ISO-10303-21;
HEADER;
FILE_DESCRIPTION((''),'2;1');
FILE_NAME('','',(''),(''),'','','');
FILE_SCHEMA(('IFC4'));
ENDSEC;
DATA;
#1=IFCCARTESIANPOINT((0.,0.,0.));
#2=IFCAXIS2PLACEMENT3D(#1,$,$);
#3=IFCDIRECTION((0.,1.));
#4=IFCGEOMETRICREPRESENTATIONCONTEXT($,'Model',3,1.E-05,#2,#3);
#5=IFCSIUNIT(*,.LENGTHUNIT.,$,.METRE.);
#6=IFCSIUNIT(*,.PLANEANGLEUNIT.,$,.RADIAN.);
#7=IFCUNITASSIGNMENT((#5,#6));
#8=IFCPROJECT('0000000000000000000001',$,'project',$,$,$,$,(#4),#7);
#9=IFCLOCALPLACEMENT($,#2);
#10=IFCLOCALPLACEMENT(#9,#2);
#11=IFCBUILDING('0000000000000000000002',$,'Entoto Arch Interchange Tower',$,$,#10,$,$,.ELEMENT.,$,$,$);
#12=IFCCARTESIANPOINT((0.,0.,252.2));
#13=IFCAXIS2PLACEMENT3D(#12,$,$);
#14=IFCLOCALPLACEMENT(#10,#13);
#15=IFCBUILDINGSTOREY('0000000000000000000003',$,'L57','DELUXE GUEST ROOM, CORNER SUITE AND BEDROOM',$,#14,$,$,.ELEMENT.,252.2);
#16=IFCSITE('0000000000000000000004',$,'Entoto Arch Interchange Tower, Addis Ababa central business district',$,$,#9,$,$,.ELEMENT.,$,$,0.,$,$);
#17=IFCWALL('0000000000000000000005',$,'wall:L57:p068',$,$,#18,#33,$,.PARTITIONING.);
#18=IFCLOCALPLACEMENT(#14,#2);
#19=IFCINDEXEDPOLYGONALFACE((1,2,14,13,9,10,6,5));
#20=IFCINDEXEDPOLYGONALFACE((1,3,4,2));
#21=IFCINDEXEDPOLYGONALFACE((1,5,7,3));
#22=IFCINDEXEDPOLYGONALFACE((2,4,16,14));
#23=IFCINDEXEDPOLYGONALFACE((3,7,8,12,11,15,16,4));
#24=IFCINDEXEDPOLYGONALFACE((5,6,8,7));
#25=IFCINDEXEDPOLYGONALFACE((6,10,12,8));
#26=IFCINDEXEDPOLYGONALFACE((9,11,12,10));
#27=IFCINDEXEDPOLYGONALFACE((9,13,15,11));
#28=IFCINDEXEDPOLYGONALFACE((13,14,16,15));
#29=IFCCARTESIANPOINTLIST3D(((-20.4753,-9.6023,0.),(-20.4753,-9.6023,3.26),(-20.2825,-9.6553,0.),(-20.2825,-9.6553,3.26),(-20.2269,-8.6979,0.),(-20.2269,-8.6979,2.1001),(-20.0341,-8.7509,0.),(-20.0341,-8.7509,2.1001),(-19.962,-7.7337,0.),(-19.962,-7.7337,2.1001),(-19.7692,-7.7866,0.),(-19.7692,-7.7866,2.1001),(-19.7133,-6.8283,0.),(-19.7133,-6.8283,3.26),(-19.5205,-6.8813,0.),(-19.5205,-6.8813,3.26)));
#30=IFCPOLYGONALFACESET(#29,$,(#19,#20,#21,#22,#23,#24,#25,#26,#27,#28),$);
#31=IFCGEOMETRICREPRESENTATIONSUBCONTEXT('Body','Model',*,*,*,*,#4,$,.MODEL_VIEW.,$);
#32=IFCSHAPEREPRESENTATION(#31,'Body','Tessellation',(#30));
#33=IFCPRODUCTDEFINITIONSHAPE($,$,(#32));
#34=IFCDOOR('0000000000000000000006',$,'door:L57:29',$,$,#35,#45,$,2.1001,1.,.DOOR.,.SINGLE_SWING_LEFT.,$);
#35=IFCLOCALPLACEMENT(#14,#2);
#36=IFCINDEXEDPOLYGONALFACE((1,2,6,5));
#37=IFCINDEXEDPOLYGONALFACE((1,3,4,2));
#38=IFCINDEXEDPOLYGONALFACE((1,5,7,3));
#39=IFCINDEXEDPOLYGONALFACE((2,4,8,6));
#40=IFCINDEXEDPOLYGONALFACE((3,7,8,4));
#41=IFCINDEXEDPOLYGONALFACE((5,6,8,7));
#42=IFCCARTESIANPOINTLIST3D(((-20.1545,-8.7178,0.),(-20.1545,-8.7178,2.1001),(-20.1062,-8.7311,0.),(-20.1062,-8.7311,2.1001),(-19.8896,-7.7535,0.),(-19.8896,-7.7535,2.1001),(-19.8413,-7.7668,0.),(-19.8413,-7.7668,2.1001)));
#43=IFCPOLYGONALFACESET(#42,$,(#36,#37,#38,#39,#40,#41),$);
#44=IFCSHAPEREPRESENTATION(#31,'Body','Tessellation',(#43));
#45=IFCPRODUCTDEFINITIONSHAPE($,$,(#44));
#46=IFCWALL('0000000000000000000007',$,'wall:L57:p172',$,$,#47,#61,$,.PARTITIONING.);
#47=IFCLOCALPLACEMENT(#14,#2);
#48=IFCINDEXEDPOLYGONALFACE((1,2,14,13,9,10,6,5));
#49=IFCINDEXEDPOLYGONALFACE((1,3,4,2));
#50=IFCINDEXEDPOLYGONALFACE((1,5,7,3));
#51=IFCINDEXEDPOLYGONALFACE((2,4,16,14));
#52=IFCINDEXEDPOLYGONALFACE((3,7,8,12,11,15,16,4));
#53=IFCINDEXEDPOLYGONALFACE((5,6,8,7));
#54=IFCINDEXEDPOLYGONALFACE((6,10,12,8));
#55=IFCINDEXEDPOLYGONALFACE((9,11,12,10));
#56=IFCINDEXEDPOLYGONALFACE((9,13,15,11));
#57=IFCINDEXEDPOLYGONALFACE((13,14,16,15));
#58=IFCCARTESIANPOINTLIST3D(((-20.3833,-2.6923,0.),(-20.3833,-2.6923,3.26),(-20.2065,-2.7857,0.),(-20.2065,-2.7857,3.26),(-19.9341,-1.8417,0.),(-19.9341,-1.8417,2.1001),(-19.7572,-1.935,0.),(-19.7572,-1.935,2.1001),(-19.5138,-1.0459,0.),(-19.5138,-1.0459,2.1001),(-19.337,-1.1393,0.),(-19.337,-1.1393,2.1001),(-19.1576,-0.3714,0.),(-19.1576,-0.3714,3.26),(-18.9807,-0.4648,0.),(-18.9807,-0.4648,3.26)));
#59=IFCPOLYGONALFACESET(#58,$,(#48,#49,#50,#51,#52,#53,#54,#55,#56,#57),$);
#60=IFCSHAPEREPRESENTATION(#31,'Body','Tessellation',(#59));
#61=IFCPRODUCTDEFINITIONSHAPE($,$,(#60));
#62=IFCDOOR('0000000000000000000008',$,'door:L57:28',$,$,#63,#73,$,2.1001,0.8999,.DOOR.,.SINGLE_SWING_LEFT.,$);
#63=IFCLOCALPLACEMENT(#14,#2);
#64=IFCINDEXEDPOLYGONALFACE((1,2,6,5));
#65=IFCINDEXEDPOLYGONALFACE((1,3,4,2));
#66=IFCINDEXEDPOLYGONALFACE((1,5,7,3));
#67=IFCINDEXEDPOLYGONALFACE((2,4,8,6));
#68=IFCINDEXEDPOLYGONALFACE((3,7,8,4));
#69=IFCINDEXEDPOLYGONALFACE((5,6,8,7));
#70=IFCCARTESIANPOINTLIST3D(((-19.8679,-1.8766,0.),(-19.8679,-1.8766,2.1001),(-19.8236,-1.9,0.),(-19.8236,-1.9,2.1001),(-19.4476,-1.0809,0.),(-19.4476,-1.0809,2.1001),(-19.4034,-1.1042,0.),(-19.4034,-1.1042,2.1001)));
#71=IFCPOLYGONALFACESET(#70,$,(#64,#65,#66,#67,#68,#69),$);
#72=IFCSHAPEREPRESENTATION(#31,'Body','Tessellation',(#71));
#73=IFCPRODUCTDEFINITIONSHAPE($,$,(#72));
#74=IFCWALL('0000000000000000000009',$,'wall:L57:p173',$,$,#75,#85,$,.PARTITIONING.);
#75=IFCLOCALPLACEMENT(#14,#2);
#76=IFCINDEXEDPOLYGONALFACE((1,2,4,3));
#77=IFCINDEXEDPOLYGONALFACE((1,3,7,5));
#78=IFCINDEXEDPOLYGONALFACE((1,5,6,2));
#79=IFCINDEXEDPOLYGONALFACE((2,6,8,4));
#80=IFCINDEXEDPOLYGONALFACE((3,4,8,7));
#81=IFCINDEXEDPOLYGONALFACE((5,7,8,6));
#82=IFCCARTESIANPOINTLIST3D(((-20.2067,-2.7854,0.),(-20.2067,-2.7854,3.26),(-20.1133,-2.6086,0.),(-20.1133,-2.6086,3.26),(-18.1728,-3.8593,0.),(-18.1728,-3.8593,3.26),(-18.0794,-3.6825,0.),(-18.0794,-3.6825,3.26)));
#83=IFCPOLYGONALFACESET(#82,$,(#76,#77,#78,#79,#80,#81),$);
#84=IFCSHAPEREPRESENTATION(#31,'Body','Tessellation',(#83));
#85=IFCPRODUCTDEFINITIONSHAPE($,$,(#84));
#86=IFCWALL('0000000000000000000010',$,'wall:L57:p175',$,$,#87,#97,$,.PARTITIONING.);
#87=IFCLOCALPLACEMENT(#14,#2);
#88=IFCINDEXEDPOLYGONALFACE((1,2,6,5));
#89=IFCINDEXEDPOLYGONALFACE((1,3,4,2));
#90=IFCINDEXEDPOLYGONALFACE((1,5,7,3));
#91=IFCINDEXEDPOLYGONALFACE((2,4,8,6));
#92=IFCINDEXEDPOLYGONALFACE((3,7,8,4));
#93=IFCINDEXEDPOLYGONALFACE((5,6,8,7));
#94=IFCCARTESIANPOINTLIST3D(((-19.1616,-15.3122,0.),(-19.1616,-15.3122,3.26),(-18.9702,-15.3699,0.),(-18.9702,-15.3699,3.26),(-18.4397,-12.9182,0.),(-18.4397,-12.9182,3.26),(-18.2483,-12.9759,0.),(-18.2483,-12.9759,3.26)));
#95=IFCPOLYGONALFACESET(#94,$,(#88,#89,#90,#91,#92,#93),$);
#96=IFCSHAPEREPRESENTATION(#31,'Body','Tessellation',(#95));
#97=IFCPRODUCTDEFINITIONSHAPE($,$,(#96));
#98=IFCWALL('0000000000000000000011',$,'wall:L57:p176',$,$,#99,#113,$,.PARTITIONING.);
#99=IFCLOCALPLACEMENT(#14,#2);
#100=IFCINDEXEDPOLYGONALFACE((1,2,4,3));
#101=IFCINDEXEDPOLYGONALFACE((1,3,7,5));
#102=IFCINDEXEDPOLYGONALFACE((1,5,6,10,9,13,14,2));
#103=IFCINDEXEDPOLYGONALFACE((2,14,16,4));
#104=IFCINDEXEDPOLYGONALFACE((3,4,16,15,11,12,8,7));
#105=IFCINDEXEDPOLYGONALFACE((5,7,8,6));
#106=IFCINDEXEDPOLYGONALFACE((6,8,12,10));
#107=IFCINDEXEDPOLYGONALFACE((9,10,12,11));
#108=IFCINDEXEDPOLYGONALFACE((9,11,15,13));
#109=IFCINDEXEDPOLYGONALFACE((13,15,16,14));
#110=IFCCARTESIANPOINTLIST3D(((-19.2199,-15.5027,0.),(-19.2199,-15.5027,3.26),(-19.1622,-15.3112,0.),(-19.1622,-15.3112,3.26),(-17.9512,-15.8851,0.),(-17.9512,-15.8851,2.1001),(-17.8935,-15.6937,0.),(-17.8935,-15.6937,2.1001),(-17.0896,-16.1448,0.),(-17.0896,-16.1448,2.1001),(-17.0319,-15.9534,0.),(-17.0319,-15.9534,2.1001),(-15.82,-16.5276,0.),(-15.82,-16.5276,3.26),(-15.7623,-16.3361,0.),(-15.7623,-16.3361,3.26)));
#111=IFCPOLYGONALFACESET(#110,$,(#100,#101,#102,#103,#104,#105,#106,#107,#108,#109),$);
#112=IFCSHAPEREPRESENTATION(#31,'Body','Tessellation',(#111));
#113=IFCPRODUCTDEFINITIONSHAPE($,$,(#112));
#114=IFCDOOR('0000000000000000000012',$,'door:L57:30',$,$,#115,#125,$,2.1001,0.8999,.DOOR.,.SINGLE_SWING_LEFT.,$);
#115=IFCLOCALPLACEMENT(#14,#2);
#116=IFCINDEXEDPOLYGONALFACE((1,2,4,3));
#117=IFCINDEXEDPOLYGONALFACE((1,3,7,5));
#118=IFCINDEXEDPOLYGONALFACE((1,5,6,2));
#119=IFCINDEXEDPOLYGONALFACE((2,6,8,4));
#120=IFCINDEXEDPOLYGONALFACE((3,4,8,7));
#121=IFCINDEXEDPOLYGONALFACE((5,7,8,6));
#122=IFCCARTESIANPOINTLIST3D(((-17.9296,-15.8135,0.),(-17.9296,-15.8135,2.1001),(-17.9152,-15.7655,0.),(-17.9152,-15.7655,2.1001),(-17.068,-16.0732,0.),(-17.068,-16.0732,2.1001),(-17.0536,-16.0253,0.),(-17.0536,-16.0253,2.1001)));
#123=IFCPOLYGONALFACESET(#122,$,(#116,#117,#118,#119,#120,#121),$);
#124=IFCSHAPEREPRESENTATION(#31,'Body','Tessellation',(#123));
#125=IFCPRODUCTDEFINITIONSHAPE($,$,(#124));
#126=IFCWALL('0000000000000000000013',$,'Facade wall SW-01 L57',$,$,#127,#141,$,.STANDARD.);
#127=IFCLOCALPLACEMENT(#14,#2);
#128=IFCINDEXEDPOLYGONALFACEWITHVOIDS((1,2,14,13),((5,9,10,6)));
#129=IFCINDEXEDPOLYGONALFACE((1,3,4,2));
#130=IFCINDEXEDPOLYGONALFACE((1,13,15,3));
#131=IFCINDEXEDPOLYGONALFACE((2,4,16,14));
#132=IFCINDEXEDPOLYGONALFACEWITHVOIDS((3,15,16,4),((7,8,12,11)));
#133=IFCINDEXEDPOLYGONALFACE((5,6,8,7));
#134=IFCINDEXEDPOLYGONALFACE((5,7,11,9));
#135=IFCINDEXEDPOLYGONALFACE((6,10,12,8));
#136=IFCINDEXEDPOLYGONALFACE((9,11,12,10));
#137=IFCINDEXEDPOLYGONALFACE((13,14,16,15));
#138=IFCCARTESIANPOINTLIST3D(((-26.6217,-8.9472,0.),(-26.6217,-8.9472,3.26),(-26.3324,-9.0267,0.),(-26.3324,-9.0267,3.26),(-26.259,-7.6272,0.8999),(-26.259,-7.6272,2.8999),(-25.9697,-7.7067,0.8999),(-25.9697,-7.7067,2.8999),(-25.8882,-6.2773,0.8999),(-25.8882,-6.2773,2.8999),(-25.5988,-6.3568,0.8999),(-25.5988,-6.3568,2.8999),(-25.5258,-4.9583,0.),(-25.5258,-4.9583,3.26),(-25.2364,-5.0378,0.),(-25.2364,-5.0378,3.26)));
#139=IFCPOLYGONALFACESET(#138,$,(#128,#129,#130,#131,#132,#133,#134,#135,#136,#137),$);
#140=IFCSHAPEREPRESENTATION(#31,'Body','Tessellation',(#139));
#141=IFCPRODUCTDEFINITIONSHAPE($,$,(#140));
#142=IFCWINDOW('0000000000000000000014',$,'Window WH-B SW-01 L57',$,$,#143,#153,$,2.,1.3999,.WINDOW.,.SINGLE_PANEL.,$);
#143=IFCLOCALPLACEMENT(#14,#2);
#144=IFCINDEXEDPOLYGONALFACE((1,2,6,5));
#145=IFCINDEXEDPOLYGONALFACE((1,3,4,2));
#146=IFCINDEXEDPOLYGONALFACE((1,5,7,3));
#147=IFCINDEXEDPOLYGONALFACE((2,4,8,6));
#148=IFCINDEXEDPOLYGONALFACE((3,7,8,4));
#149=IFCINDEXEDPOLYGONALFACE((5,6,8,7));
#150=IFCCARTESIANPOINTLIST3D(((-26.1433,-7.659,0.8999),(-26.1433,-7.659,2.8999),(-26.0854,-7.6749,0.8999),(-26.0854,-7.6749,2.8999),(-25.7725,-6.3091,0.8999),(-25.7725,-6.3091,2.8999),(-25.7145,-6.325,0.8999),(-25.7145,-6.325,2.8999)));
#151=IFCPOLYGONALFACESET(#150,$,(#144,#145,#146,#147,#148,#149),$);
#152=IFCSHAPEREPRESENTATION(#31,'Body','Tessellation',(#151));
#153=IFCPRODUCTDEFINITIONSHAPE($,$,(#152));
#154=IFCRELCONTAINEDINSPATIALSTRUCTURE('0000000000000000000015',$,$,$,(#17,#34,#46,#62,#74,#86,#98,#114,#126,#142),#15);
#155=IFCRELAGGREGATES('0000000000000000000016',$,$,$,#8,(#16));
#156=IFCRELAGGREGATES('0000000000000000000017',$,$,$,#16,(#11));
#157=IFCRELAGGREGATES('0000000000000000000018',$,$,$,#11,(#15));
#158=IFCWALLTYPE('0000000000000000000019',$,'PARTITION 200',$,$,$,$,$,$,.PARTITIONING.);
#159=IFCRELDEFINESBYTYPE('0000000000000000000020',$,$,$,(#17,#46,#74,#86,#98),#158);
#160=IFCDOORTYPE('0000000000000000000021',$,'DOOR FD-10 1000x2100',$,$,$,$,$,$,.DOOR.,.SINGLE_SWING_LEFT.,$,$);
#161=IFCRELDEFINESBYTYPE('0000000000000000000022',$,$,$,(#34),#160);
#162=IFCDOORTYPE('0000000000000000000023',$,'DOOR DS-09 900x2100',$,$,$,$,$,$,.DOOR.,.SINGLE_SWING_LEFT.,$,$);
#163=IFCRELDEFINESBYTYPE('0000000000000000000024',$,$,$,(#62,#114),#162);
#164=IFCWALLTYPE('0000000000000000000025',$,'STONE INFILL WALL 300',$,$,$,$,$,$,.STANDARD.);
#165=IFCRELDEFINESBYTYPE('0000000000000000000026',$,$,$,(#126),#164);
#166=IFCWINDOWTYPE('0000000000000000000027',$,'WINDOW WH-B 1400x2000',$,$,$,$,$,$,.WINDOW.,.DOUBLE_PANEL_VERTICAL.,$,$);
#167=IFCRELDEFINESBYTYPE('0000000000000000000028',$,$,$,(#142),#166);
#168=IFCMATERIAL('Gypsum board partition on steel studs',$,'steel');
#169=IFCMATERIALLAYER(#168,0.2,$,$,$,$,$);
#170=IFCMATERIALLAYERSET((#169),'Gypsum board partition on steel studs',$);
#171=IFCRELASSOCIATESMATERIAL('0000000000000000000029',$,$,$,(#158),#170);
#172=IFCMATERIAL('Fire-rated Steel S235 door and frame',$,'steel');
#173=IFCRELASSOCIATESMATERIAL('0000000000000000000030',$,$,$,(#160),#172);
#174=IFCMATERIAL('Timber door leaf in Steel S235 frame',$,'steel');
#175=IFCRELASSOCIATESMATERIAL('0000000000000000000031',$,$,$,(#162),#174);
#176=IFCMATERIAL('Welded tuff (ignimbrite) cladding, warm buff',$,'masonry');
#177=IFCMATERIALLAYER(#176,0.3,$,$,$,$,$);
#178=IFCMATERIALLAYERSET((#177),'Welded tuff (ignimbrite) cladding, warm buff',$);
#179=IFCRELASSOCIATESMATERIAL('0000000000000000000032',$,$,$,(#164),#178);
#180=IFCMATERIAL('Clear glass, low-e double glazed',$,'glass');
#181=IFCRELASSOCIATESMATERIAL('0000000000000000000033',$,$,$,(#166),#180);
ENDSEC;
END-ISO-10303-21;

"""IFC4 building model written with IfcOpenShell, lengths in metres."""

from ifc_helpers import new_model, si_unit, direction, frame, frame_2d, origin, place, context, subcontext, project, spatial, rectangle, extrude, material, layer, layer_set, type_object, element, fill, save


model = new_model("IFC4")

# Units and contexts
model_context = context("Model", 3, precision=1e-05, world=origin(), true_north=direction((0.0, 1.0)))
body_context = subcontext(model_context, "Body", "Model", "MODEL_VIEW")
ifc_project = project(units=[si_unit("LENGTHUNIT", "METRE"), si_unit("PLANEANGLEUNIT", "RADIAN")], contexts=[model_context])

# Site, building, storey
site_placement = place(None, origin())
site = spatial("IfcSite", under=ifc_project, at=site_placement, Name="Entoto Arch Interchange Tower, Addis Ababa central business district", CompositionType="ELEMENT", RefElevation=0.0)
building_placement = place(site_placement, origin())
building = spatial("IfcBuilding", under=site, at=building_placement, Name="Entoto Arch Interchange Tower", CompositionType="ELEMENT")
storey_placement = place(building_placement, frame((0.0, 0.0, 252.2)))
storey = spatial("IfcBuildingStorey", under=building, at=storey_placement, Name="L57", Description="DELUXE GUEST ROOM, CORNER SUITE AND BEDROOM", CompositionType="ELEMENT", Elevation=252.2)

# Shared definitions
ifc_material_1 = material(Name="Gypsum board partition on steel studs", Category="steel")
ifc_layer_1 = layer(ifc_material_1, 0.2)
ifc_layer_set_1 = layer_set([ifc_layer_1], Name="Gypsum board partition on steel studs")
wall_type_1 = type_object("IfcWallType", Name="PARTITION 200", PredefinedType="PARTITIONING", material=ifc_layer_set_1)

# Shared definitions
ifc_material_2 = material(Name="Fire-rated Steel S235 door and frame", Category="steel")
door_type_1 = type_object("IfcDoorType", Name="DOOR FD-10 1000x2100", OperationType="SINGLE_SWING_LEFT", PredefinedType="DOOR", material=ifc_material_2)

# Walls, openings, doors
wall_1_placement = place(storey_placement, frame((-20.3789, -9.6289, 0.0), z_axis=(0.0, 0.0, 1.0), x_axis=(0.264876, 0.964282, 0.0)))
wall_1 = element("IfcWall", 1, at=wall_1_placement, inside=storey, type_object=wall_type_1, Name="wall:L57:p068", PredefinedType="PARTITIONING", context=body_context, shape_type="SweptSolid", body=[
    extrude(rectangle(XDim=2.8767, YDim=0.2, at=frame_2d((1.4385, 0.0))), origin(), (0.0, 0.0, 1.0), 3.26),
])
opening_1_placement = place(wall_1_placement, frame((0.938, 0.0, 0.0)))
opening_1 = element("IfcOpeningElement", 2, at=opening_1_placement, cuts=wall_1, PredefinedType="OPENING", context=body_context, shape_type="SweptSolid", body=[
    extrude(rectangle(XDim=1.0, YDim=2.1001, at=frame_2d((0.5, 1.05))), frame((0.0, 0.1099, 0.0), z_axis=(0.0, -1.0, 0.0), x_axis=(1.0, 0.0, 0.0)), (0.0, 0.0, 1.0), 0.22),
])
door_1_placement = place(opening_1_placement, origin())
door_1 = element("IfcDoor", 3, at=door_1_placement, inside=storey, type_object=door_type_1, Name="door:L57:29", OperationType="SINGLE_SWING_LEFT", OverallHeight=2.1001, OverallWidth=1.0, PredefinedType="DOOR", context=body_context, shape_type="SweptSolid", body=[
    extrude(rectangle(XDim=1.0, YDim=2.1001, at=frame_2d((0.5, 1.05))), frame((0.0, 0.0249, 0.0), z_axis=(0.0, -1.0, 0.0), x_axis=(1.0, 0.0, 0.0)), (0.0, 0.0, 1.0), 0.05),
])
fill(opening_1, door_1)
wall_2_placement = place(storey_placement, frame((-19.0691, -0.418, 0.0), z_axis=(0.0, 0.0, 1.0), x_axis=(-0.467007, -0.884254, 0.0)))
wall_2 = element("IfcWall", 4, at=wall_2_placement, inside=storey, type_object=wall_type_1, Name="wall:L57:p172", PredefinedType="PARTITIONING", context=body_context, shape_type="SweptSolid", body=[
    extrude(rectangle(XDim=2.6248, YDim=0.2, at=frame_2d((1.3125, 0.0))), origin(), (0.0, 0.0, 1.0), 3.26),
])
opening_2_placement = place(wall_2_placement, frame((0.7629, 0.0, 0.0)))
opening_2 = element("IfcOpeningElement", 5, at=opening_2_placement, cuts=wall_2, PredefinedType="OPENING", context=body_context, shape_type="SweptSolid", body=[
    extrude(rectangle(XDim=0.8999, YDim=2.1001, at=frame_2d((0.45, 1.05))), frame((0.0, 0.1099, 0.0), z_axis=(0.0, -1.0, 0.0), x_axis=(1.0, 0.0, 0.0)), (0.0, 0.0, 1.0), 0.22),
])
ifc_material_3 = material(Name="Timber door leaf in Steel S235 frame", Category="steel")
door_type_2 = type_object("IfcDoorType", Name="DOOR DS-09 900x2100", OperationType="SINGLE_SWING_LEFT", PredefinedType="DOOR", material=ifc_material_3)
door_2_placement = place(opening_2_placement, origin())
door_2 = element("IfcDoor", 6, at=door_2_placement, inside=storey, type_object=door_type_2, Name="door:L57:28", OperationType="SINGLE_SWING_LEFT", OverallHeight=2.1001, OverallWidth=0.8999, PredefinedType="DOOR", context=body_context, shape_type="SweptSolid", body=[
    extrude(rectangle(XDim=0.8999, YDim=2.1001, at=frame_2d((0.45, 1.05))), frame((0.0, 0.0249, 0.0), z_axis=(0.0, -1.0, 0.0), x_axis=(1.0, 0.0, 0.0)), (0.0, 0.0, 1.0), 0.05),
])
fill(opening_2, door_2)

# Walls
wall_3_placement = place(storey_placement, frame((-20.1599, -2.697, 0.0), z_axis=(0.0, 0.0, 1.0), x_axis=(0.884293, -0.466932, 0.0)))
element("IfcWall", 7, at=wall_3_placement, inside=storey, type_object=wall_type_1, Name="wall:L57:p173", PredefinedType="PARTITIONING", context=body_context, shape_type="SweptSolid", body=[
    extrude(rectangle(XDim=2.3, YDim=0.2, at=frame_2d((1.1499, 0.0))), origin(), (0.0, 0.0, 1.0), 3.26),
])
wall_4_placement = place(storey_placement, frame((-18.344, -12.947, 0.0), z_axis=(0.0, 0.0, 1.0), x_axis=(-0.288709, -0.957417, 0.0)))
element("IfcWall", 8, at=wall_4_placement, inside=storey, type_object=wall_type_1, Name="wall:L57:p175", PredefinedType="PARTITIONING", context=body_context, shape_type="SweptSolid", body=[
    extrude(rectangle(XDim=2.5005, YDim=0.2, at=frame_2d((1.2502, 0.0))), origin(), (0.0, 0.0, 1.0), 3.26),
])

# Wall, opening, door
wall_5_placement = place(storey_placement, frame((-19.1909, -15.407, 0.0), z_axis=(0.0, 0.0, 1.0), x_axis=(0.957443, -0.288622, 0.0)))
wall_5 = element("IfcWall", 9, at=wall_5_placement, inside=storey, type_object=wall_type_1, Name="wall:L57:p176", PredefinedType="PARTITIONING", context=body_context, shape_type="SweptSolid", body=[
    extrude(rectangle(XDim=3.551, YDim=0.2, at=frame_2d((1.7754, 0.0))), origin(), (0.0, 0.0, 1.0), 3.26),
])
opening_3_placement = place(wall_5_placement, frame((1.325, 0.0, 0.0)))
opening_3 = element("IfcOpeningElement", 10, at=opening_3_placement, cuts=wall_5, PredefinedType="OPENING", context=body_context, shape_type="SweptSolid", body=[
    extrude(rectangle(XDim=0.8999, YDim=2.1001, at=frame_2d((0.45, 1.05))), frame((0.0, 0.1099, 0.0), z_axis=(0.0, -1.0, 0.0), x_axis=(1.0, 0.0, 0.0)), (0.0, 0.0, 1.0), 0.22),
])
door_3_placement = place(opening_3_placement, origin())
door_3 = element("IfcDoor", 11, at=door_3_placement, inside=storey, type_object=door_type_2, Name="door:L57:30", OperationType="SINGLE_SWING_LEFT", OverallHeight=2.1001, OverallWidth=0.8999, PredefinedType="DOOR", context=body_context, shape_type="SweptSolid", body=[
    extrude(rectangle(XDim=0.8999, YDim=2.1001, at=frame_2d((0.45, 1.05))), frame((0.0, 0.0249, 0.0), z_axis=(0.0, -1.0, 0.0), x_axis=(1.0, 0.0, 0.0)), (0.0, 0.0, 1.0), 0.05),
])
fill(opening_3, door_3)

# Wall, opening, window
ifc_material_4 = material(Name="Welded tuff (ignimbrite) cladding, warm buff", Category="masonry")
ifc_layer_2 = layer(ifc_material_4, 0.3)
ifc_layer_set_2 = layer_set([ifc_layer_2], Name="Welded tuff (ignimbrite) cladding, warm buff")
wall_type_2 = type_object("IfcWallType", Name="STONE INFILL WALL 300", PredefinedType="STANDARD", material=ifc_layer_set_2)
wall_6_placement = place(storey_placement, frame((-25.3811, -4.998, 0.0), z_axis=(0.0, 0.0, 1.0), x_axis=(-0.264925, -0.964269, 0.0)))
wall_6 = element("IfcWall", 12, at=wall_6_placement, inside=storey, type_object=wall_type_2, Name="Facade wall SW-01 L57", PredefinedType="STANDARD", context=body_context, shape_type="SweptSolid", body=[
    extrude(rectangle(XDim=4.1367, YDim=0.3, at=frame_2d((2.0684, 0.0))), origin(), (0.0, 0.0, 1.0), 3.26),
])
opening_4_placement = place(wall_6_placement, frame((1.3679, 0.0, 0.8999)))
opening_4 = element("IfcOpeningElement", 13, at=opening_4_placement, cuts=wall_6, PredefinedType="OPENING", context=body_context, shape_type="SweptSolid", body=[
    extrude(rectangle(XDim=1.3999, YDim=2.0, at=frame_2d((0.7, 1.0))), frame((0.0, 0.1602, 0.0), z_axis=(0.0, -1.0, 0.0), x_axis=(1.0, 0.0, 0.0)), (0.0, 0.0, 1.0), 0.3201),
])
ifc_material_5 = material(Name="Clear glass, low-e double glazed", Category="glass")
window_type = type_object("IfcWindowType", Name="WINDOW WH-B 1400x2000", PartitioningType="DOUBLE_PANEL_VERTICAL", PredefinedType="WINDOW", material=ifc_material_5)
window_1_placement = place(opening_4_placement, origin())
window_1 = element("IfcWindow", 14, at=window_1_placement, inside=storey, type_object=window_type, Name="Window WH-B SW-01 L57", OverallHeight=2.0, OverallWidth=1.3999, PartitioningType="SINGLE_PANEL", PredefinedType="WINDOW", context=body_context, shape_type="SweptSolid", body=[
    extrude(rectangle(XDim=1.3999, YDim=2.0, at=frame_2d((0.7, 1.0))), frame((0.0, 0.03, 0.0), z_axis=(0.0, -1.0, 0.0), x_axis=(1.0, 0.0, 0.0)), (0.0, 0.0, 1.0), 0.0601),
])
fill(opening_4, window_1)

save(model, "model.ifc")
